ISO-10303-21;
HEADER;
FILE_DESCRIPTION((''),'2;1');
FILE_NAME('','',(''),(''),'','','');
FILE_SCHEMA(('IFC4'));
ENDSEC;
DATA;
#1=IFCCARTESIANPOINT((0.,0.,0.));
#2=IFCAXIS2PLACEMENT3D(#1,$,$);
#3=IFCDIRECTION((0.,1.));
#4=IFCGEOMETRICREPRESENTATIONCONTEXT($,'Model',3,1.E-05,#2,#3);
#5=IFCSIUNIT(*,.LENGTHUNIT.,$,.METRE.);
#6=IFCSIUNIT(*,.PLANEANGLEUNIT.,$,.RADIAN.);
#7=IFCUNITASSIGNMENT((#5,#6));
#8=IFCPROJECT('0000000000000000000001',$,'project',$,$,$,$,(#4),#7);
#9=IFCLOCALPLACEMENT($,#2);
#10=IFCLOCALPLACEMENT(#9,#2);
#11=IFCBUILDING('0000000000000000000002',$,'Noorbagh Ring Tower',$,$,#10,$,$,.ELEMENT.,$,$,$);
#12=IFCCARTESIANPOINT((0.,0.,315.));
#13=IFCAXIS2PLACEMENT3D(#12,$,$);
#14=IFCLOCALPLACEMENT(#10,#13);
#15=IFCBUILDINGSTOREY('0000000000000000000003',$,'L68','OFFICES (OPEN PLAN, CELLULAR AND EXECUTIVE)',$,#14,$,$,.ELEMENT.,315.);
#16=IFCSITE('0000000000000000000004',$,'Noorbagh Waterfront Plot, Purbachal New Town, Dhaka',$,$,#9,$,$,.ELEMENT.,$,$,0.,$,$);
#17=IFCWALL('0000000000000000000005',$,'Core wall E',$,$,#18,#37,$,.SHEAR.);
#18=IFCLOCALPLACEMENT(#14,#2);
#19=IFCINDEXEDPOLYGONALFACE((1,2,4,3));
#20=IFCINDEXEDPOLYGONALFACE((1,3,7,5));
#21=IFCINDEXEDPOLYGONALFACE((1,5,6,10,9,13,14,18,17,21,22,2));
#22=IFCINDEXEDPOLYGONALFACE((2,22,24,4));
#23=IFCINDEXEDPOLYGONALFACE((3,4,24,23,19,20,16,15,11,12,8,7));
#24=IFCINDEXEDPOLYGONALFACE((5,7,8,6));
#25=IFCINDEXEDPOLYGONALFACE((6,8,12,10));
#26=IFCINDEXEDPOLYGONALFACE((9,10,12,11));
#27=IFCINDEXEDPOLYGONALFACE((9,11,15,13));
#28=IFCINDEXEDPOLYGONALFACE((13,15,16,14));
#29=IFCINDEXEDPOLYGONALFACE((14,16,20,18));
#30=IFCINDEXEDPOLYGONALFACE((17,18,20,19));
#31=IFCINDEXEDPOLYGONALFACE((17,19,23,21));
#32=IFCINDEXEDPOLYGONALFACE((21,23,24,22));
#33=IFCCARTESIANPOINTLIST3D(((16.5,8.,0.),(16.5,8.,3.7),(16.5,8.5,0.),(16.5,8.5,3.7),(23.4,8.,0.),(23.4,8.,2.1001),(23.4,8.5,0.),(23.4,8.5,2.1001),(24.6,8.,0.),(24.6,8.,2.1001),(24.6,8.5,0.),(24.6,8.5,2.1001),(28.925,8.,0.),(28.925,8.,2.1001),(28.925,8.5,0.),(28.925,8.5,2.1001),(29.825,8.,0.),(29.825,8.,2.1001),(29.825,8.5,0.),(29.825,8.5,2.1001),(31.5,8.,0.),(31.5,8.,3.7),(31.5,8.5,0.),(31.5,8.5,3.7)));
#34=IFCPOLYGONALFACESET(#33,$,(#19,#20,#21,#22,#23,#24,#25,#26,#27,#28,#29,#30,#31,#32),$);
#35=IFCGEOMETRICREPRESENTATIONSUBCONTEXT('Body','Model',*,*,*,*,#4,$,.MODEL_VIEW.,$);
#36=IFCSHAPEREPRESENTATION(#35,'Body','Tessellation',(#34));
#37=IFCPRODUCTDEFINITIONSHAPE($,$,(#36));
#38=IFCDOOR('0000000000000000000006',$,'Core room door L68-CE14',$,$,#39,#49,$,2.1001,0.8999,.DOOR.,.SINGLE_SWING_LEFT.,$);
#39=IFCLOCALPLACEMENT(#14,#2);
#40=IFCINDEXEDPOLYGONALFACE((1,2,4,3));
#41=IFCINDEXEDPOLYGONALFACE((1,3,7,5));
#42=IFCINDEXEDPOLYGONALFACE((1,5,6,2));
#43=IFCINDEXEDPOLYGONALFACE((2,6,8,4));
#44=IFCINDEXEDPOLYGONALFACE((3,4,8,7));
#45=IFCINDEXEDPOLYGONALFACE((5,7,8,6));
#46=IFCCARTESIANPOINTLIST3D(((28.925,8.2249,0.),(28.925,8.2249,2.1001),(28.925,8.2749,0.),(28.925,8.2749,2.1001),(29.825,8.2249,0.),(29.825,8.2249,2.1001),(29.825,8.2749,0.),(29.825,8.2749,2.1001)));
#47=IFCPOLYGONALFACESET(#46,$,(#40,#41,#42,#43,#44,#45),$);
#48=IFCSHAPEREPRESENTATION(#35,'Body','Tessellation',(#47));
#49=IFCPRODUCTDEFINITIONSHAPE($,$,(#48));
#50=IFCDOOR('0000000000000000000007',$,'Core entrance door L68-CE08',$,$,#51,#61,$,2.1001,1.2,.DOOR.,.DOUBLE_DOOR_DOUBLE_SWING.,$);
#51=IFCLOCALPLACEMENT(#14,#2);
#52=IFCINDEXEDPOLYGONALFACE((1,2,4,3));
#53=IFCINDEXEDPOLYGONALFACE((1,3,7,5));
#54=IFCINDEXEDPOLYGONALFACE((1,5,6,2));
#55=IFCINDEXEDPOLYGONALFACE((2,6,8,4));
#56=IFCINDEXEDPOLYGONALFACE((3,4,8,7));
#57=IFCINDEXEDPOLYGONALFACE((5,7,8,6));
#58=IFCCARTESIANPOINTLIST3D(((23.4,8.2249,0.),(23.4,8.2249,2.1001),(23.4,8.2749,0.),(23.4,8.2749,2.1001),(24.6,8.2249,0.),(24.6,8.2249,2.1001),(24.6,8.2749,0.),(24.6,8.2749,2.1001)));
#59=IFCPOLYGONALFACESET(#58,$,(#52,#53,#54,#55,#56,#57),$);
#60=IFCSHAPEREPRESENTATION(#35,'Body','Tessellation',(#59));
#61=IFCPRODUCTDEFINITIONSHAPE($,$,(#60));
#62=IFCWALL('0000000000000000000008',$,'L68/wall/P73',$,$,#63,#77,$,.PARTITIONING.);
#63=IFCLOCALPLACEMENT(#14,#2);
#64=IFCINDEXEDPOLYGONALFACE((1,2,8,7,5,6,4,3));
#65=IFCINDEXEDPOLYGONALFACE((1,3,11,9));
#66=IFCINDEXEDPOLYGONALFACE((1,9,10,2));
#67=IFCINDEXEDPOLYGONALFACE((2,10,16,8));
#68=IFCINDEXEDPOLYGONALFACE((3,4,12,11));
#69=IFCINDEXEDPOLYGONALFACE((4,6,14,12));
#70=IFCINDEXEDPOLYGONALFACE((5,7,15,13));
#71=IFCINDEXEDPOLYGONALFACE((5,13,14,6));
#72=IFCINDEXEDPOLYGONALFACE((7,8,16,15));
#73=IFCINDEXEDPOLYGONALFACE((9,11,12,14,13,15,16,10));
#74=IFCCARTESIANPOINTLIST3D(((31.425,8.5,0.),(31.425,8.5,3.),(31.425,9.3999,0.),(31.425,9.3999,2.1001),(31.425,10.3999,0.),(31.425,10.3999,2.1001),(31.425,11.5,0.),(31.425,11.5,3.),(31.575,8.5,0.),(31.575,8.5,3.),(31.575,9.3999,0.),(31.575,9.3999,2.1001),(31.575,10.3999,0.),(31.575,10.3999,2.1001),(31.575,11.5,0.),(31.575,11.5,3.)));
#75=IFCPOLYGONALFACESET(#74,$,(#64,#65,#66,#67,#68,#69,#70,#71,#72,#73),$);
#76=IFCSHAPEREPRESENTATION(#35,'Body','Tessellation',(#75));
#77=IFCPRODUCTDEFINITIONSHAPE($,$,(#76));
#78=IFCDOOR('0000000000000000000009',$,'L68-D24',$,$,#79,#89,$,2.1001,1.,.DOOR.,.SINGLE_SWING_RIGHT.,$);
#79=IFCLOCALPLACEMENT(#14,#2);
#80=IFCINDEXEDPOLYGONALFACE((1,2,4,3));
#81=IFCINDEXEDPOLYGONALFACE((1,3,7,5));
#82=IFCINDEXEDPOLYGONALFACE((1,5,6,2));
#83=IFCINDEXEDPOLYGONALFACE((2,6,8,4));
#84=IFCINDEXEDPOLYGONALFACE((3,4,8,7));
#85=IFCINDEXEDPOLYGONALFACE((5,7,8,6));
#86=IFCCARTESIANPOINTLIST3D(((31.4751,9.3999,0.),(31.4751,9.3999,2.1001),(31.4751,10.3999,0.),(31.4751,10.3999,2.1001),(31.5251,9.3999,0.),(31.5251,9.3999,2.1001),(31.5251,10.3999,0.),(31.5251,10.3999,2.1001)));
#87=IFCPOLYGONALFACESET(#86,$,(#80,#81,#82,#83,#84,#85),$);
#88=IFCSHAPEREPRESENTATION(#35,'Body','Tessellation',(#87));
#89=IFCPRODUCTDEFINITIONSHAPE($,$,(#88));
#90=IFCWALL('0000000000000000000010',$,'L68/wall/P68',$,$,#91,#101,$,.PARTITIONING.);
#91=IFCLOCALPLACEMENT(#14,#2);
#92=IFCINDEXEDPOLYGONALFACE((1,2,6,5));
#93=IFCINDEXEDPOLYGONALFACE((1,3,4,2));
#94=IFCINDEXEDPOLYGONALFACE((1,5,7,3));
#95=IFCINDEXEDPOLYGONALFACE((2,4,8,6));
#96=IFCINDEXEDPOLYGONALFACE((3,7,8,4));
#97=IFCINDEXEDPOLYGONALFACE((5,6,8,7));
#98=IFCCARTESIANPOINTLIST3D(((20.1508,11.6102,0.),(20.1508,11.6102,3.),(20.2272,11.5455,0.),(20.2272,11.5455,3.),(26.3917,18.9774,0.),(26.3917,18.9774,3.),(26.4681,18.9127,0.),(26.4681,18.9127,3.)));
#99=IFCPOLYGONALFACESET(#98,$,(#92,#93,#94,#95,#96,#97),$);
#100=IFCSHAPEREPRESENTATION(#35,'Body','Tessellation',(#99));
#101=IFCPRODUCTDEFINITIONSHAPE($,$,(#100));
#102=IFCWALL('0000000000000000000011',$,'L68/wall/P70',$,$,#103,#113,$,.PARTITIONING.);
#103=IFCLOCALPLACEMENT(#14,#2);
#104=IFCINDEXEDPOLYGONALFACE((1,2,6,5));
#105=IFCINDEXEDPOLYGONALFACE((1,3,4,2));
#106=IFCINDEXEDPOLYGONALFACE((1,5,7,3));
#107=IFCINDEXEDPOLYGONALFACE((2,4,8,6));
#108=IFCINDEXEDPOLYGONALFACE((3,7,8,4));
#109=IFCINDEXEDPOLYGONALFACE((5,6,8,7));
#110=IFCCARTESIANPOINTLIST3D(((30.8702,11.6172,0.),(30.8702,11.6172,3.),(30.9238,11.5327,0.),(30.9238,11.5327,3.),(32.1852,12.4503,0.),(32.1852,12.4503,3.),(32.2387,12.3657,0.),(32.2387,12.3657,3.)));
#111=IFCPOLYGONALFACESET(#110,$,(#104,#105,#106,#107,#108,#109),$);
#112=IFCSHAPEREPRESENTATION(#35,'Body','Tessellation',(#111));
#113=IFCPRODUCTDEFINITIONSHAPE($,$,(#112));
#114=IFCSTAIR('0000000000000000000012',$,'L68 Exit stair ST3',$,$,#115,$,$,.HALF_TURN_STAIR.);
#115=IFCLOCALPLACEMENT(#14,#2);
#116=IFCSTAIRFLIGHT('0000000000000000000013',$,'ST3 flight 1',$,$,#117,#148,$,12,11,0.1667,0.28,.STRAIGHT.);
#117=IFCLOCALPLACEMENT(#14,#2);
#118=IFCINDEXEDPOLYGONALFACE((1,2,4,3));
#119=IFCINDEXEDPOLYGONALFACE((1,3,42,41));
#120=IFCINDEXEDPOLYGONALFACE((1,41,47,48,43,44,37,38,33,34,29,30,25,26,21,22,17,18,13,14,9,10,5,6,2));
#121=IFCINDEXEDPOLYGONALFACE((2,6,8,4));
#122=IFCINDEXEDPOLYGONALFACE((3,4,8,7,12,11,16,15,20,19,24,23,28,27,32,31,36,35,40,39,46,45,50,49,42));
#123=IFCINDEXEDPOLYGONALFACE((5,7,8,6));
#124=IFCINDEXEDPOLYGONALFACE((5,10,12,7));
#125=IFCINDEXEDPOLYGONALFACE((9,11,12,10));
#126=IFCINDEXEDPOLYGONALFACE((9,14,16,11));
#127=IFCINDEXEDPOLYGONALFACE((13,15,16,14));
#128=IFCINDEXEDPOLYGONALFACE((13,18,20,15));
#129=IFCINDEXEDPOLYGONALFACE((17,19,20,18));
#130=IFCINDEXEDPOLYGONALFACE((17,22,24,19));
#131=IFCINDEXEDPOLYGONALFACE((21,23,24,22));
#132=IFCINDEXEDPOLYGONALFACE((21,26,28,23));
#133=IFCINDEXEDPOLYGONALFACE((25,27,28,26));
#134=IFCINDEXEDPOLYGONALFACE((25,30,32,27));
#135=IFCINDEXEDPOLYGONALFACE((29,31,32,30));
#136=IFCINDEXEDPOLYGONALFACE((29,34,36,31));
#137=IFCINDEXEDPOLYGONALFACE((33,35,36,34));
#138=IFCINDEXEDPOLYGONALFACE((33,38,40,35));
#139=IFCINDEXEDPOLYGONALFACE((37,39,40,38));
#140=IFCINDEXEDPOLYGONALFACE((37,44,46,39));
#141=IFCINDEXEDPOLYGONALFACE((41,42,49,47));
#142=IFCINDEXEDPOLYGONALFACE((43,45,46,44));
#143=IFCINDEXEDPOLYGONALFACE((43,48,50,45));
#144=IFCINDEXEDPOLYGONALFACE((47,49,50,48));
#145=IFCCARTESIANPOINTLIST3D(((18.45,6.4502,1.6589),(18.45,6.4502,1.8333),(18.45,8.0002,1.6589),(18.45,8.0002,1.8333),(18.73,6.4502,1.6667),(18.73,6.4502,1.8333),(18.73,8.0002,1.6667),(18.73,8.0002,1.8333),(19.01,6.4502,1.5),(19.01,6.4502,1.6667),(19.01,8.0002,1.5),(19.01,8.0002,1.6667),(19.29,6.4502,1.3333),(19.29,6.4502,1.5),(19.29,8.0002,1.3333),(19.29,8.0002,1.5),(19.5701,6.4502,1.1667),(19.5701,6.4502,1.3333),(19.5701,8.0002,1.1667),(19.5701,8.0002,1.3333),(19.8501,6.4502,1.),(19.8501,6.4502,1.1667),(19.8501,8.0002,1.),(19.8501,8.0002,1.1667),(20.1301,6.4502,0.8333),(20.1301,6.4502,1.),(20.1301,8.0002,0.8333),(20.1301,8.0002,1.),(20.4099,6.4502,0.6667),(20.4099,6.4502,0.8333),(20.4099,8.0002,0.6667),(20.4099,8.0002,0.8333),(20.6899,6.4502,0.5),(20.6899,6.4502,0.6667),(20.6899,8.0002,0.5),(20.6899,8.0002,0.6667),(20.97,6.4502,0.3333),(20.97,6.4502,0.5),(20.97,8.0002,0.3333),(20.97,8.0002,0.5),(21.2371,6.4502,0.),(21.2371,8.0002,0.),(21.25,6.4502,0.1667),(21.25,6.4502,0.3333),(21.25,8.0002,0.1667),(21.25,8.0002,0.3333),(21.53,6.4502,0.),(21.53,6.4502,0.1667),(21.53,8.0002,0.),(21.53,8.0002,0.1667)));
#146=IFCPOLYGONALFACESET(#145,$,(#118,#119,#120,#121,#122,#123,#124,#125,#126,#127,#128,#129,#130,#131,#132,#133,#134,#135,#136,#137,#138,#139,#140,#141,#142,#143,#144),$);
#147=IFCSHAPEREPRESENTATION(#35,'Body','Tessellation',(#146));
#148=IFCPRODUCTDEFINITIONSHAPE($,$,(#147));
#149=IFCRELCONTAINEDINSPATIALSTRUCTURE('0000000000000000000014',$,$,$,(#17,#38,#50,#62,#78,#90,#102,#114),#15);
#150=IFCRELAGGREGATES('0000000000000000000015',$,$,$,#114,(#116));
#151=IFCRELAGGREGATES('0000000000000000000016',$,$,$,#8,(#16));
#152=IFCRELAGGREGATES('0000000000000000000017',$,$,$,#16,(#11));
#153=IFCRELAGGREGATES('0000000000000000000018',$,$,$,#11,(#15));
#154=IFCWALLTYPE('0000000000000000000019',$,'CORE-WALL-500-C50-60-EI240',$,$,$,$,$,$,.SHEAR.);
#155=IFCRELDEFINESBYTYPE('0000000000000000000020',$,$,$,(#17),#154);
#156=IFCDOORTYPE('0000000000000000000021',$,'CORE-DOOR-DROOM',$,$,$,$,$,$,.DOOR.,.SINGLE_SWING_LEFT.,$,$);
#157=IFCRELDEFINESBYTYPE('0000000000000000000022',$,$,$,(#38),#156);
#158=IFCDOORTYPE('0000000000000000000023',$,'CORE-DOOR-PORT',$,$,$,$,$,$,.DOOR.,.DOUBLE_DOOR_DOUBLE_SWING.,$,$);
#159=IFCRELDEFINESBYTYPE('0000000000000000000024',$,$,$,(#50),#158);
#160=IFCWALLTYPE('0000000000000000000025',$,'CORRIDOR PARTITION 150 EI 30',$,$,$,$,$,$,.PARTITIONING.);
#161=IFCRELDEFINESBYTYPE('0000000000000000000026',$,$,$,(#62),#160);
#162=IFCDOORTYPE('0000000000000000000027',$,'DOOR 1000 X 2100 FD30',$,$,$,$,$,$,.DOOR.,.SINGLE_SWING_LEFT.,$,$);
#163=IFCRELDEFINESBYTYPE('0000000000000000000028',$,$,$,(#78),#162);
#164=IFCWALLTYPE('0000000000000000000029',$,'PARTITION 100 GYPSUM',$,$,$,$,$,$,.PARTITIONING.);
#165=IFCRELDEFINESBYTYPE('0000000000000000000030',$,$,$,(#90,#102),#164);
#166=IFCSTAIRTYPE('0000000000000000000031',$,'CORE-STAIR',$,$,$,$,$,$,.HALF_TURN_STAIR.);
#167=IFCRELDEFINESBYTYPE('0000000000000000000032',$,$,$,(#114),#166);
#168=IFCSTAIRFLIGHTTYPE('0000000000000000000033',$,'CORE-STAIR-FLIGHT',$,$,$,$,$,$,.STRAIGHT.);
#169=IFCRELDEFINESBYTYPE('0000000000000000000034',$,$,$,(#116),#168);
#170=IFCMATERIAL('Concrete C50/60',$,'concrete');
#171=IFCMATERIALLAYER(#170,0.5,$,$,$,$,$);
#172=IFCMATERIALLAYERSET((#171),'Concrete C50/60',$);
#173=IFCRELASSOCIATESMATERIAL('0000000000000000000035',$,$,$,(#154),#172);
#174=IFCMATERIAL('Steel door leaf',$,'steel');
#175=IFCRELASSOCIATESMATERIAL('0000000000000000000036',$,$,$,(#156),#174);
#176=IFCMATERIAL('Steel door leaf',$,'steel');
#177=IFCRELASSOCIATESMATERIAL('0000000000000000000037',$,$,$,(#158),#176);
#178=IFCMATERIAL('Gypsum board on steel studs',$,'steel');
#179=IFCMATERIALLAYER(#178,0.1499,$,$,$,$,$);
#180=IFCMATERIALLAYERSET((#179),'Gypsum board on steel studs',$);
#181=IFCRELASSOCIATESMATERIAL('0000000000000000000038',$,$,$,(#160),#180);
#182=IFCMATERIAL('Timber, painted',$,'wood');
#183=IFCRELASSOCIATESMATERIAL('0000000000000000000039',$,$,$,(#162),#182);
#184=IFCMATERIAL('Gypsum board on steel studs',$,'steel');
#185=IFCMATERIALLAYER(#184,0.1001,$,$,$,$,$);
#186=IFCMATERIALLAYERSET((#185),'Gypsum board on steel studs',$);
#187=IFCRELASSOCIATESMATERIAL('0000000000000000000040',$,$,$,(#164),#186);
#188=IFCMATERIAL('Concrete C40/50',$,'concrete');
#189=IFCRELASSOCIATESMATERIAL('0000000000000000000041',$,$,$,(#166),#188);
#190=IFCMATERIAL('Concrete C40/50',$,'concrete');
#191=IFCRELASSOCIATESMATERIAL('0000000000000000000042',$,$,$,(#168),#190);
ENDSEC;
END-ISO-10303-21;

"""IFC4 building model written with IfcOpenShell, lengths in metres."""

from ifc_helpers import new_model, si_unit, direction, frame, frame_2d, origin, place, context, subcontext, project, spatial, polyline, rectangle, outline, extrude, material, layer, layer_set, type_object, element, fill, aggregate, save


model = new_model("IFC4")

# Units and contexts
model_context = context("Model", 3, precision=1e-05, world=origin(), true_north=direction((0.0, 1.0)))
body_context = subcontext(model_context, "Body", "Model", "MODEL_VIEW")
ifc_project = project(units=[si_unit("LENGTHUNIT", "METRE"), si_unit("PLANEANGLEUNIT", "RADIAN")], contexts=[model_context])

# Site, building, storey
site_placement = place(None, origin())
site = spatial("IfcSite", under=ifc_project, at=site_placement, Name="Noorbagh Waterfront Plot, Purbachal New Town, Dhaka", CompositionType="ELEMENT", RefElevation=0.0)
building_placement = place(site_placement, origin())
building = spatial("IfcBuilding", under=site, at=building_placement, Name="Noorbagh Ring Tower", CompositionType="ELEMENT")
storey_placement = place(building_placement, frame((0.0, 0.0, 315.0)))
storey = spatial("IfcBuildingStorey", under=building, at=storey_placement, Name="L68", Description="OFFICES (OPEN PLAN, CELLULAR AND EXECUTIVE)", CompositionType="ELEMENT", Elevation=315.0)

# Wall, openings, doors
ifc_material_1 = material(Name="Concrete C50/60", Category="concrete")
ifc_layer_1 = layer(ifc_material_1, 0.5)
ifc_layer_set_1 = layer_set([ifc_layer_1], Name="Concrete C50/60")
wall_type_1 = type_object("IfcWallType", Name="CORE-WALL-500-C50-60-EI240", PredefinedType="SHEAR", material=ifc_layer_set_1)
wall_1_placement = place(storey_placement, frame((16.5, 8.25, 0.0), z_axis=(0.0, 0.0, 1.0), x_axis=(1.0, 0.0, 0.0)))
wall_1 = element("IfcWall", 1, at=wall_1_placement, inside=storey, type_object=wall_type_1, Name="Core wall E", PredefinedType="SHEAR", context=body_context, shape_type="SweptSolid", body=[
    extrude(rectangle(XDim=15.0, YDim=0.5, at=frame_2d((7.5, 0.0))), origin(), (0.0, 0.0, 1.0), 3.7),
])
opening_1_placement = place(wall_1_placement, frame((6.8999, 0.0, 0.0)))
opening_1 = element("IfcOpeningElement", 2, at=opening_1_placement, cuts=wall_1, PredefinedType="OPENING", context=body_context, shape_type="SweptSolid", body=[
    extrude(rectangle(XDim=1.2, YDim=2.1001, at=frame_2d((0.6001, 1.05))), frame((0.0, 0.26, 0.0), z_axis=(0.0, -1.0, 0.0), x_axis=(1.0, 0.0, 0.0)), (0.0, 0.0, 1.0), 0.52),
])
opening_2_placement = place(wall_1_placement, frame((12.425, 0.0, 0.0)))
opening_2 = element("IfcOpeningElement", 3, at=opening_2_placement, cuts=wall_1, PredefinedType="OPENING", context=body_context, shape_type="SweptSolid", body=[
    extrude(rectangle(XDim=0.8999, YDim=2.1001, at=frame_2d((0.45, 1.05))), frame((0.0, 0.26, 0.0), z_axis=(0.0, -1.0, 0.0), x_axis=(1.0, 0.0, 0.0)), (0.0, 0.0, 1.0), 0.52),
])
ifc_material_2 = material(Name="Steel door leaf", Category="steel")
door_type_1 = type_object("IfcDoorType", Name="CORE-DOOR-DROOM", OperationType="SINGLE_SWING_LEFT", PredefinedType="DOOR", material=ifc_material_2)
door_1_placement = place(opening_2_placement, origin())
door_1 = element("IfcDoor", 4, at=door_1_placement, inside=storey, type_object=door_type_1, Name="Core room door L68-CE14", OperationType="SINGLE_SWING_LEFT", OverallHeight=2.1001, OverallWidth=0.8999, PredefinedType="DOOR", context=body_context, shape_type="SweptSolid", body=[
    extrude(rectangle(XDim=0.8999, YDim=2.1001, at=frame_2d((0.45, 1.05))), frame((0.0, 0.0249, 0.0), z_axis=(0.0, -1.0, 0.0), x_axis=(1.0, 0.0, 0.0)), (0.0, 0.0, 1.0), 0.05),
])
fill(opening_2, door_1)
ifc_material_3 = material(Name="Steel door leaf", Category="steel")
door_type_2 = type_object("IfcDoorType", Name="CORE-DOOR-PORT", OperationType="DOUBLE_DOOR_DOUBLE_SWING", PredefinedType="DOOR", material=ifc_material_3)
door_2_placement = place(opening_1_placement, origin())
door_2 = element("IfcDoor", 5, at=door_2_placement, inside=storey, type_object=door_type_2, Name="Core entrance door L68-CE08", OperationType="DOUBLE_DOOR_DOUBLE_SWING", OverallHeight=2.1001, OverallWidth=1.2, PredefinedType="DOOR", context=body_context, shape_type="SweptSolid", body=[
    extrude(rectangle(XDim=1.2, YDim=2.1001, at=frame_2d((0.6001, 1.05))), frame((0.0, 0.0249, 0.0), z_axis=(0.0, -1.0, 0.0), x_axis=(1.0, 0.0, 0.0)), (0.0, 0.0, 1.0), 0.05),
])
fill(opening_1, door_2)

# Wall, opening, door
ifc_material_4 = material(Name="Gypsum board on steel studs", Category="steel")
ifc_layer_2 = layer(ifc_material_4, 0.1499)
ifc_layer_set_2 = layer_set([ifc_layer_2], Name="Gypsum board on steel studs")
wall_type_2 = type_object("IfcWallType", Name="CORRIDOR PARTITION 150 EI 30", PredefinedType="PARTITIONING", material=ifc_layer_set_2)
wall_2_placement = place(storey_placement, frame((31.5, 8.5, 0.0), z_axis=(0.0, 0.0, 1.0), x_axis=(0.0, 1.0, 0.0)))
wall_2 = element("IfcWall", 6, at=wall_2_placement, inside=storey, type_object=wall_type_2, Name="L68/wall/P73", PredefinedType="PARTITIONING", context=body_context, shape_type="SweptSolid", body=[
    extrude(rectangle(XDim=3.0, YDim=0.1499, at=frame_2d((1.5, 0.0))), origin(), (0.0, 0.0, 1.0), 3.0),
])
opening_3_placement = place(wall_2_placement, frame((0.8999, 0.0, 0.0)))
opening_3 = element("IfcOpeningElement", 7, at=opening_3_placement, cuts=wall_2, PredefinedType="OPENING", context=body_context, shape_type="SweptSolid", body=[
    extrude(rectangle(XDim=1.0, YDim=2.1001, at=frame_2d((0.5, 1.05))), frame((0.0, 0.085, 0.0), z_axis=(0.0, -1.0, 0.0), x_axis=(1.0, 0.0, 0.0)), (0.0, 0.0, 1.0), 0.1699),
])
ifc_material_5 = material(Name="Timber, painted", Category="wood")
door_type_3 = type_object("IfcDoorType", Name="DOOR 1000 X 2100 FD30", OperationType="SINGLE_SWING_LEFT", PredefinedType="DOOR", material=ifc_material_5)
door_3_placement = place(opening_3_placement, origin())
door_3 = element("IfcDoor", 8, at=door_3_placement, inside=storey, type_object=door_type_3, Name="L68-D24", OperationType="SINGLE_SWING_RIGHT", OverallHeight=2.1001, OverallWidth=1.0, PredefinedType="DOOR", context=body_context, shape_type="SweptSolid", body=[
    extrude(rectangle(XDim=1.0, YDim=2.1001, at=frame_2d((0.5, 1.05))), frame((0.0, 0.0249, 0.0), z_axis=(0.0, -1.0, 0.0), x_axis=(1.0, 0.0, 0.0)), (0.0, 0.0, 1.0), 0.05),
])
fill(opening_3, door_3)

# Walls
ifc_material_6 = material(Name="Gypsum board on steel studs", Category="steel")
ifc_layer_3 = layer(ifc_material_6, 0.1001)
ifc_layer_set_3 = layer_set([ifc_layer_3], Name="Gypsum board on steel studs")
wall_type_3 = type_object("IfcWallType", Name="PARTITION 100 GYPSUM", PredefinedType="PARTITIONING", material=ifc_layer_set_3)
wall_3_placement = place(storey_placement, frame((20.189, 11.5779, 0.0), z_axis=(0.0, 0.0, 1.0), x_axis=(0.646376, 0.763019, 0.0)))
element("IfcWall", 9, at=wall_3_placement, inside=storey, type_object=wall_type_3, Name="L68/wall/P68", PredefinedType="PARTITIONING", context=body_context, shape_type="SweptSolid", body=[
    extrude(rectangle(XDim=9.6553, YDim=0.1001, at=frame_2d((4.8276, 0.0))), origin(), (0.0, 0.0, 1.0), 3.0),
])
wall_4_placement = place(storey_placement, frame((30.897, 11.575, 0.0), z_axis=(0.0, 0.0, 1.0), x_axis=(0.844758, 0.535149, 0.0)))
element("IfcWall", 10, at=wall_4_placement, inside=storey, type_object=wall_type_3, Name="L68/wall/P70", PredefinedType="PARTITIONING", context=body_context, shape_type="SweptSolid", body=[
    extrude(rectangle(XDim=1.5566, YDim=0.1001, at=frame_2d((0.7783, 0.0))), origin(), (0.0, 0.0, 1.0), 3.0),
])

# Stair, stair flight
ifc_material_7 = material(Name="Concrete C40/50", Category="concrete")
stair_type = type_object("IfcStairType", Name="CORE-STAIR", PredefinedType="HALF_TURN_STAIR", material=ifc_material_7)
stair_placement = place(storey_placement, origin())
stair = element("IfcStair", 11, at=stair_placement, inside=storey, type_object=stair_type, Name="L68 Exit stair ST3", PredefinedType="HALF_TURN_STAIR")
ifc_material_8 = material(Name="Concrete C40/50", Category="concrete")
stair_flight_type = type_object("IfcStairFlightType", Name="CORE-STAIR-FLIGHT", PredefinedType="STRAIGHT", material=ifc_material_8)
stair_flight_placement = place(storey_placement, frame((21.53, 7.2251, 0.0), z_axis=(0.0, 0.0, 1.0), x_axis=(-1.0, 0.0, 0.0)))
stair_flight = element("IfcStairFlight", 12, at=stair_flight_placement, type_object=stair_flight_type, Name="ST3 flight 1", NumberOfRisers=12, NumberOfTreads=11, PredefinedType="STRAIGHT", RiserHeight=0.1667, TreadLength=0.28, context=body_context, shape_type="SweptSolid", body=[
    extrude(outline(polyline([(0.0, 0.0), (0.0, 0.1667), (0.28, 0.1667), (0.28, 0.3333), (0.5601, 0.3333), (0.5601, 0.5), (0.8401, 0.5), (0.8401, 0.6667), (1.1201, 0.6667), (1.1201, 0.8333), (1.3999, 0.8333), (1.3999, 1.0), (1.6799, 1.0), (1.6799, 1.1667), (1.96, 1.1667), (1.96, 1.3333), (2.24, 1.3333), (2.24, 1.5), (2.52, 1.5), (2.52, 1.6667), (2.8, 1.6667), (2.8, 1.8333), (3.0801, 1.8333), (3.0801, 2.0), (3.0801, 1.6589), (0.293, 0.0), (0.0, 0.0)])), frame((0.0, 0.7749, 0.0), z_axis=(0.0, -1.0, 0.0), x_axis=(1.0, 0.0, 0.0)), (0.0, 0.0, 1.0), 1.55),
])
aggregate(stair, [stair_flight])

save(model, "model.ifc")
